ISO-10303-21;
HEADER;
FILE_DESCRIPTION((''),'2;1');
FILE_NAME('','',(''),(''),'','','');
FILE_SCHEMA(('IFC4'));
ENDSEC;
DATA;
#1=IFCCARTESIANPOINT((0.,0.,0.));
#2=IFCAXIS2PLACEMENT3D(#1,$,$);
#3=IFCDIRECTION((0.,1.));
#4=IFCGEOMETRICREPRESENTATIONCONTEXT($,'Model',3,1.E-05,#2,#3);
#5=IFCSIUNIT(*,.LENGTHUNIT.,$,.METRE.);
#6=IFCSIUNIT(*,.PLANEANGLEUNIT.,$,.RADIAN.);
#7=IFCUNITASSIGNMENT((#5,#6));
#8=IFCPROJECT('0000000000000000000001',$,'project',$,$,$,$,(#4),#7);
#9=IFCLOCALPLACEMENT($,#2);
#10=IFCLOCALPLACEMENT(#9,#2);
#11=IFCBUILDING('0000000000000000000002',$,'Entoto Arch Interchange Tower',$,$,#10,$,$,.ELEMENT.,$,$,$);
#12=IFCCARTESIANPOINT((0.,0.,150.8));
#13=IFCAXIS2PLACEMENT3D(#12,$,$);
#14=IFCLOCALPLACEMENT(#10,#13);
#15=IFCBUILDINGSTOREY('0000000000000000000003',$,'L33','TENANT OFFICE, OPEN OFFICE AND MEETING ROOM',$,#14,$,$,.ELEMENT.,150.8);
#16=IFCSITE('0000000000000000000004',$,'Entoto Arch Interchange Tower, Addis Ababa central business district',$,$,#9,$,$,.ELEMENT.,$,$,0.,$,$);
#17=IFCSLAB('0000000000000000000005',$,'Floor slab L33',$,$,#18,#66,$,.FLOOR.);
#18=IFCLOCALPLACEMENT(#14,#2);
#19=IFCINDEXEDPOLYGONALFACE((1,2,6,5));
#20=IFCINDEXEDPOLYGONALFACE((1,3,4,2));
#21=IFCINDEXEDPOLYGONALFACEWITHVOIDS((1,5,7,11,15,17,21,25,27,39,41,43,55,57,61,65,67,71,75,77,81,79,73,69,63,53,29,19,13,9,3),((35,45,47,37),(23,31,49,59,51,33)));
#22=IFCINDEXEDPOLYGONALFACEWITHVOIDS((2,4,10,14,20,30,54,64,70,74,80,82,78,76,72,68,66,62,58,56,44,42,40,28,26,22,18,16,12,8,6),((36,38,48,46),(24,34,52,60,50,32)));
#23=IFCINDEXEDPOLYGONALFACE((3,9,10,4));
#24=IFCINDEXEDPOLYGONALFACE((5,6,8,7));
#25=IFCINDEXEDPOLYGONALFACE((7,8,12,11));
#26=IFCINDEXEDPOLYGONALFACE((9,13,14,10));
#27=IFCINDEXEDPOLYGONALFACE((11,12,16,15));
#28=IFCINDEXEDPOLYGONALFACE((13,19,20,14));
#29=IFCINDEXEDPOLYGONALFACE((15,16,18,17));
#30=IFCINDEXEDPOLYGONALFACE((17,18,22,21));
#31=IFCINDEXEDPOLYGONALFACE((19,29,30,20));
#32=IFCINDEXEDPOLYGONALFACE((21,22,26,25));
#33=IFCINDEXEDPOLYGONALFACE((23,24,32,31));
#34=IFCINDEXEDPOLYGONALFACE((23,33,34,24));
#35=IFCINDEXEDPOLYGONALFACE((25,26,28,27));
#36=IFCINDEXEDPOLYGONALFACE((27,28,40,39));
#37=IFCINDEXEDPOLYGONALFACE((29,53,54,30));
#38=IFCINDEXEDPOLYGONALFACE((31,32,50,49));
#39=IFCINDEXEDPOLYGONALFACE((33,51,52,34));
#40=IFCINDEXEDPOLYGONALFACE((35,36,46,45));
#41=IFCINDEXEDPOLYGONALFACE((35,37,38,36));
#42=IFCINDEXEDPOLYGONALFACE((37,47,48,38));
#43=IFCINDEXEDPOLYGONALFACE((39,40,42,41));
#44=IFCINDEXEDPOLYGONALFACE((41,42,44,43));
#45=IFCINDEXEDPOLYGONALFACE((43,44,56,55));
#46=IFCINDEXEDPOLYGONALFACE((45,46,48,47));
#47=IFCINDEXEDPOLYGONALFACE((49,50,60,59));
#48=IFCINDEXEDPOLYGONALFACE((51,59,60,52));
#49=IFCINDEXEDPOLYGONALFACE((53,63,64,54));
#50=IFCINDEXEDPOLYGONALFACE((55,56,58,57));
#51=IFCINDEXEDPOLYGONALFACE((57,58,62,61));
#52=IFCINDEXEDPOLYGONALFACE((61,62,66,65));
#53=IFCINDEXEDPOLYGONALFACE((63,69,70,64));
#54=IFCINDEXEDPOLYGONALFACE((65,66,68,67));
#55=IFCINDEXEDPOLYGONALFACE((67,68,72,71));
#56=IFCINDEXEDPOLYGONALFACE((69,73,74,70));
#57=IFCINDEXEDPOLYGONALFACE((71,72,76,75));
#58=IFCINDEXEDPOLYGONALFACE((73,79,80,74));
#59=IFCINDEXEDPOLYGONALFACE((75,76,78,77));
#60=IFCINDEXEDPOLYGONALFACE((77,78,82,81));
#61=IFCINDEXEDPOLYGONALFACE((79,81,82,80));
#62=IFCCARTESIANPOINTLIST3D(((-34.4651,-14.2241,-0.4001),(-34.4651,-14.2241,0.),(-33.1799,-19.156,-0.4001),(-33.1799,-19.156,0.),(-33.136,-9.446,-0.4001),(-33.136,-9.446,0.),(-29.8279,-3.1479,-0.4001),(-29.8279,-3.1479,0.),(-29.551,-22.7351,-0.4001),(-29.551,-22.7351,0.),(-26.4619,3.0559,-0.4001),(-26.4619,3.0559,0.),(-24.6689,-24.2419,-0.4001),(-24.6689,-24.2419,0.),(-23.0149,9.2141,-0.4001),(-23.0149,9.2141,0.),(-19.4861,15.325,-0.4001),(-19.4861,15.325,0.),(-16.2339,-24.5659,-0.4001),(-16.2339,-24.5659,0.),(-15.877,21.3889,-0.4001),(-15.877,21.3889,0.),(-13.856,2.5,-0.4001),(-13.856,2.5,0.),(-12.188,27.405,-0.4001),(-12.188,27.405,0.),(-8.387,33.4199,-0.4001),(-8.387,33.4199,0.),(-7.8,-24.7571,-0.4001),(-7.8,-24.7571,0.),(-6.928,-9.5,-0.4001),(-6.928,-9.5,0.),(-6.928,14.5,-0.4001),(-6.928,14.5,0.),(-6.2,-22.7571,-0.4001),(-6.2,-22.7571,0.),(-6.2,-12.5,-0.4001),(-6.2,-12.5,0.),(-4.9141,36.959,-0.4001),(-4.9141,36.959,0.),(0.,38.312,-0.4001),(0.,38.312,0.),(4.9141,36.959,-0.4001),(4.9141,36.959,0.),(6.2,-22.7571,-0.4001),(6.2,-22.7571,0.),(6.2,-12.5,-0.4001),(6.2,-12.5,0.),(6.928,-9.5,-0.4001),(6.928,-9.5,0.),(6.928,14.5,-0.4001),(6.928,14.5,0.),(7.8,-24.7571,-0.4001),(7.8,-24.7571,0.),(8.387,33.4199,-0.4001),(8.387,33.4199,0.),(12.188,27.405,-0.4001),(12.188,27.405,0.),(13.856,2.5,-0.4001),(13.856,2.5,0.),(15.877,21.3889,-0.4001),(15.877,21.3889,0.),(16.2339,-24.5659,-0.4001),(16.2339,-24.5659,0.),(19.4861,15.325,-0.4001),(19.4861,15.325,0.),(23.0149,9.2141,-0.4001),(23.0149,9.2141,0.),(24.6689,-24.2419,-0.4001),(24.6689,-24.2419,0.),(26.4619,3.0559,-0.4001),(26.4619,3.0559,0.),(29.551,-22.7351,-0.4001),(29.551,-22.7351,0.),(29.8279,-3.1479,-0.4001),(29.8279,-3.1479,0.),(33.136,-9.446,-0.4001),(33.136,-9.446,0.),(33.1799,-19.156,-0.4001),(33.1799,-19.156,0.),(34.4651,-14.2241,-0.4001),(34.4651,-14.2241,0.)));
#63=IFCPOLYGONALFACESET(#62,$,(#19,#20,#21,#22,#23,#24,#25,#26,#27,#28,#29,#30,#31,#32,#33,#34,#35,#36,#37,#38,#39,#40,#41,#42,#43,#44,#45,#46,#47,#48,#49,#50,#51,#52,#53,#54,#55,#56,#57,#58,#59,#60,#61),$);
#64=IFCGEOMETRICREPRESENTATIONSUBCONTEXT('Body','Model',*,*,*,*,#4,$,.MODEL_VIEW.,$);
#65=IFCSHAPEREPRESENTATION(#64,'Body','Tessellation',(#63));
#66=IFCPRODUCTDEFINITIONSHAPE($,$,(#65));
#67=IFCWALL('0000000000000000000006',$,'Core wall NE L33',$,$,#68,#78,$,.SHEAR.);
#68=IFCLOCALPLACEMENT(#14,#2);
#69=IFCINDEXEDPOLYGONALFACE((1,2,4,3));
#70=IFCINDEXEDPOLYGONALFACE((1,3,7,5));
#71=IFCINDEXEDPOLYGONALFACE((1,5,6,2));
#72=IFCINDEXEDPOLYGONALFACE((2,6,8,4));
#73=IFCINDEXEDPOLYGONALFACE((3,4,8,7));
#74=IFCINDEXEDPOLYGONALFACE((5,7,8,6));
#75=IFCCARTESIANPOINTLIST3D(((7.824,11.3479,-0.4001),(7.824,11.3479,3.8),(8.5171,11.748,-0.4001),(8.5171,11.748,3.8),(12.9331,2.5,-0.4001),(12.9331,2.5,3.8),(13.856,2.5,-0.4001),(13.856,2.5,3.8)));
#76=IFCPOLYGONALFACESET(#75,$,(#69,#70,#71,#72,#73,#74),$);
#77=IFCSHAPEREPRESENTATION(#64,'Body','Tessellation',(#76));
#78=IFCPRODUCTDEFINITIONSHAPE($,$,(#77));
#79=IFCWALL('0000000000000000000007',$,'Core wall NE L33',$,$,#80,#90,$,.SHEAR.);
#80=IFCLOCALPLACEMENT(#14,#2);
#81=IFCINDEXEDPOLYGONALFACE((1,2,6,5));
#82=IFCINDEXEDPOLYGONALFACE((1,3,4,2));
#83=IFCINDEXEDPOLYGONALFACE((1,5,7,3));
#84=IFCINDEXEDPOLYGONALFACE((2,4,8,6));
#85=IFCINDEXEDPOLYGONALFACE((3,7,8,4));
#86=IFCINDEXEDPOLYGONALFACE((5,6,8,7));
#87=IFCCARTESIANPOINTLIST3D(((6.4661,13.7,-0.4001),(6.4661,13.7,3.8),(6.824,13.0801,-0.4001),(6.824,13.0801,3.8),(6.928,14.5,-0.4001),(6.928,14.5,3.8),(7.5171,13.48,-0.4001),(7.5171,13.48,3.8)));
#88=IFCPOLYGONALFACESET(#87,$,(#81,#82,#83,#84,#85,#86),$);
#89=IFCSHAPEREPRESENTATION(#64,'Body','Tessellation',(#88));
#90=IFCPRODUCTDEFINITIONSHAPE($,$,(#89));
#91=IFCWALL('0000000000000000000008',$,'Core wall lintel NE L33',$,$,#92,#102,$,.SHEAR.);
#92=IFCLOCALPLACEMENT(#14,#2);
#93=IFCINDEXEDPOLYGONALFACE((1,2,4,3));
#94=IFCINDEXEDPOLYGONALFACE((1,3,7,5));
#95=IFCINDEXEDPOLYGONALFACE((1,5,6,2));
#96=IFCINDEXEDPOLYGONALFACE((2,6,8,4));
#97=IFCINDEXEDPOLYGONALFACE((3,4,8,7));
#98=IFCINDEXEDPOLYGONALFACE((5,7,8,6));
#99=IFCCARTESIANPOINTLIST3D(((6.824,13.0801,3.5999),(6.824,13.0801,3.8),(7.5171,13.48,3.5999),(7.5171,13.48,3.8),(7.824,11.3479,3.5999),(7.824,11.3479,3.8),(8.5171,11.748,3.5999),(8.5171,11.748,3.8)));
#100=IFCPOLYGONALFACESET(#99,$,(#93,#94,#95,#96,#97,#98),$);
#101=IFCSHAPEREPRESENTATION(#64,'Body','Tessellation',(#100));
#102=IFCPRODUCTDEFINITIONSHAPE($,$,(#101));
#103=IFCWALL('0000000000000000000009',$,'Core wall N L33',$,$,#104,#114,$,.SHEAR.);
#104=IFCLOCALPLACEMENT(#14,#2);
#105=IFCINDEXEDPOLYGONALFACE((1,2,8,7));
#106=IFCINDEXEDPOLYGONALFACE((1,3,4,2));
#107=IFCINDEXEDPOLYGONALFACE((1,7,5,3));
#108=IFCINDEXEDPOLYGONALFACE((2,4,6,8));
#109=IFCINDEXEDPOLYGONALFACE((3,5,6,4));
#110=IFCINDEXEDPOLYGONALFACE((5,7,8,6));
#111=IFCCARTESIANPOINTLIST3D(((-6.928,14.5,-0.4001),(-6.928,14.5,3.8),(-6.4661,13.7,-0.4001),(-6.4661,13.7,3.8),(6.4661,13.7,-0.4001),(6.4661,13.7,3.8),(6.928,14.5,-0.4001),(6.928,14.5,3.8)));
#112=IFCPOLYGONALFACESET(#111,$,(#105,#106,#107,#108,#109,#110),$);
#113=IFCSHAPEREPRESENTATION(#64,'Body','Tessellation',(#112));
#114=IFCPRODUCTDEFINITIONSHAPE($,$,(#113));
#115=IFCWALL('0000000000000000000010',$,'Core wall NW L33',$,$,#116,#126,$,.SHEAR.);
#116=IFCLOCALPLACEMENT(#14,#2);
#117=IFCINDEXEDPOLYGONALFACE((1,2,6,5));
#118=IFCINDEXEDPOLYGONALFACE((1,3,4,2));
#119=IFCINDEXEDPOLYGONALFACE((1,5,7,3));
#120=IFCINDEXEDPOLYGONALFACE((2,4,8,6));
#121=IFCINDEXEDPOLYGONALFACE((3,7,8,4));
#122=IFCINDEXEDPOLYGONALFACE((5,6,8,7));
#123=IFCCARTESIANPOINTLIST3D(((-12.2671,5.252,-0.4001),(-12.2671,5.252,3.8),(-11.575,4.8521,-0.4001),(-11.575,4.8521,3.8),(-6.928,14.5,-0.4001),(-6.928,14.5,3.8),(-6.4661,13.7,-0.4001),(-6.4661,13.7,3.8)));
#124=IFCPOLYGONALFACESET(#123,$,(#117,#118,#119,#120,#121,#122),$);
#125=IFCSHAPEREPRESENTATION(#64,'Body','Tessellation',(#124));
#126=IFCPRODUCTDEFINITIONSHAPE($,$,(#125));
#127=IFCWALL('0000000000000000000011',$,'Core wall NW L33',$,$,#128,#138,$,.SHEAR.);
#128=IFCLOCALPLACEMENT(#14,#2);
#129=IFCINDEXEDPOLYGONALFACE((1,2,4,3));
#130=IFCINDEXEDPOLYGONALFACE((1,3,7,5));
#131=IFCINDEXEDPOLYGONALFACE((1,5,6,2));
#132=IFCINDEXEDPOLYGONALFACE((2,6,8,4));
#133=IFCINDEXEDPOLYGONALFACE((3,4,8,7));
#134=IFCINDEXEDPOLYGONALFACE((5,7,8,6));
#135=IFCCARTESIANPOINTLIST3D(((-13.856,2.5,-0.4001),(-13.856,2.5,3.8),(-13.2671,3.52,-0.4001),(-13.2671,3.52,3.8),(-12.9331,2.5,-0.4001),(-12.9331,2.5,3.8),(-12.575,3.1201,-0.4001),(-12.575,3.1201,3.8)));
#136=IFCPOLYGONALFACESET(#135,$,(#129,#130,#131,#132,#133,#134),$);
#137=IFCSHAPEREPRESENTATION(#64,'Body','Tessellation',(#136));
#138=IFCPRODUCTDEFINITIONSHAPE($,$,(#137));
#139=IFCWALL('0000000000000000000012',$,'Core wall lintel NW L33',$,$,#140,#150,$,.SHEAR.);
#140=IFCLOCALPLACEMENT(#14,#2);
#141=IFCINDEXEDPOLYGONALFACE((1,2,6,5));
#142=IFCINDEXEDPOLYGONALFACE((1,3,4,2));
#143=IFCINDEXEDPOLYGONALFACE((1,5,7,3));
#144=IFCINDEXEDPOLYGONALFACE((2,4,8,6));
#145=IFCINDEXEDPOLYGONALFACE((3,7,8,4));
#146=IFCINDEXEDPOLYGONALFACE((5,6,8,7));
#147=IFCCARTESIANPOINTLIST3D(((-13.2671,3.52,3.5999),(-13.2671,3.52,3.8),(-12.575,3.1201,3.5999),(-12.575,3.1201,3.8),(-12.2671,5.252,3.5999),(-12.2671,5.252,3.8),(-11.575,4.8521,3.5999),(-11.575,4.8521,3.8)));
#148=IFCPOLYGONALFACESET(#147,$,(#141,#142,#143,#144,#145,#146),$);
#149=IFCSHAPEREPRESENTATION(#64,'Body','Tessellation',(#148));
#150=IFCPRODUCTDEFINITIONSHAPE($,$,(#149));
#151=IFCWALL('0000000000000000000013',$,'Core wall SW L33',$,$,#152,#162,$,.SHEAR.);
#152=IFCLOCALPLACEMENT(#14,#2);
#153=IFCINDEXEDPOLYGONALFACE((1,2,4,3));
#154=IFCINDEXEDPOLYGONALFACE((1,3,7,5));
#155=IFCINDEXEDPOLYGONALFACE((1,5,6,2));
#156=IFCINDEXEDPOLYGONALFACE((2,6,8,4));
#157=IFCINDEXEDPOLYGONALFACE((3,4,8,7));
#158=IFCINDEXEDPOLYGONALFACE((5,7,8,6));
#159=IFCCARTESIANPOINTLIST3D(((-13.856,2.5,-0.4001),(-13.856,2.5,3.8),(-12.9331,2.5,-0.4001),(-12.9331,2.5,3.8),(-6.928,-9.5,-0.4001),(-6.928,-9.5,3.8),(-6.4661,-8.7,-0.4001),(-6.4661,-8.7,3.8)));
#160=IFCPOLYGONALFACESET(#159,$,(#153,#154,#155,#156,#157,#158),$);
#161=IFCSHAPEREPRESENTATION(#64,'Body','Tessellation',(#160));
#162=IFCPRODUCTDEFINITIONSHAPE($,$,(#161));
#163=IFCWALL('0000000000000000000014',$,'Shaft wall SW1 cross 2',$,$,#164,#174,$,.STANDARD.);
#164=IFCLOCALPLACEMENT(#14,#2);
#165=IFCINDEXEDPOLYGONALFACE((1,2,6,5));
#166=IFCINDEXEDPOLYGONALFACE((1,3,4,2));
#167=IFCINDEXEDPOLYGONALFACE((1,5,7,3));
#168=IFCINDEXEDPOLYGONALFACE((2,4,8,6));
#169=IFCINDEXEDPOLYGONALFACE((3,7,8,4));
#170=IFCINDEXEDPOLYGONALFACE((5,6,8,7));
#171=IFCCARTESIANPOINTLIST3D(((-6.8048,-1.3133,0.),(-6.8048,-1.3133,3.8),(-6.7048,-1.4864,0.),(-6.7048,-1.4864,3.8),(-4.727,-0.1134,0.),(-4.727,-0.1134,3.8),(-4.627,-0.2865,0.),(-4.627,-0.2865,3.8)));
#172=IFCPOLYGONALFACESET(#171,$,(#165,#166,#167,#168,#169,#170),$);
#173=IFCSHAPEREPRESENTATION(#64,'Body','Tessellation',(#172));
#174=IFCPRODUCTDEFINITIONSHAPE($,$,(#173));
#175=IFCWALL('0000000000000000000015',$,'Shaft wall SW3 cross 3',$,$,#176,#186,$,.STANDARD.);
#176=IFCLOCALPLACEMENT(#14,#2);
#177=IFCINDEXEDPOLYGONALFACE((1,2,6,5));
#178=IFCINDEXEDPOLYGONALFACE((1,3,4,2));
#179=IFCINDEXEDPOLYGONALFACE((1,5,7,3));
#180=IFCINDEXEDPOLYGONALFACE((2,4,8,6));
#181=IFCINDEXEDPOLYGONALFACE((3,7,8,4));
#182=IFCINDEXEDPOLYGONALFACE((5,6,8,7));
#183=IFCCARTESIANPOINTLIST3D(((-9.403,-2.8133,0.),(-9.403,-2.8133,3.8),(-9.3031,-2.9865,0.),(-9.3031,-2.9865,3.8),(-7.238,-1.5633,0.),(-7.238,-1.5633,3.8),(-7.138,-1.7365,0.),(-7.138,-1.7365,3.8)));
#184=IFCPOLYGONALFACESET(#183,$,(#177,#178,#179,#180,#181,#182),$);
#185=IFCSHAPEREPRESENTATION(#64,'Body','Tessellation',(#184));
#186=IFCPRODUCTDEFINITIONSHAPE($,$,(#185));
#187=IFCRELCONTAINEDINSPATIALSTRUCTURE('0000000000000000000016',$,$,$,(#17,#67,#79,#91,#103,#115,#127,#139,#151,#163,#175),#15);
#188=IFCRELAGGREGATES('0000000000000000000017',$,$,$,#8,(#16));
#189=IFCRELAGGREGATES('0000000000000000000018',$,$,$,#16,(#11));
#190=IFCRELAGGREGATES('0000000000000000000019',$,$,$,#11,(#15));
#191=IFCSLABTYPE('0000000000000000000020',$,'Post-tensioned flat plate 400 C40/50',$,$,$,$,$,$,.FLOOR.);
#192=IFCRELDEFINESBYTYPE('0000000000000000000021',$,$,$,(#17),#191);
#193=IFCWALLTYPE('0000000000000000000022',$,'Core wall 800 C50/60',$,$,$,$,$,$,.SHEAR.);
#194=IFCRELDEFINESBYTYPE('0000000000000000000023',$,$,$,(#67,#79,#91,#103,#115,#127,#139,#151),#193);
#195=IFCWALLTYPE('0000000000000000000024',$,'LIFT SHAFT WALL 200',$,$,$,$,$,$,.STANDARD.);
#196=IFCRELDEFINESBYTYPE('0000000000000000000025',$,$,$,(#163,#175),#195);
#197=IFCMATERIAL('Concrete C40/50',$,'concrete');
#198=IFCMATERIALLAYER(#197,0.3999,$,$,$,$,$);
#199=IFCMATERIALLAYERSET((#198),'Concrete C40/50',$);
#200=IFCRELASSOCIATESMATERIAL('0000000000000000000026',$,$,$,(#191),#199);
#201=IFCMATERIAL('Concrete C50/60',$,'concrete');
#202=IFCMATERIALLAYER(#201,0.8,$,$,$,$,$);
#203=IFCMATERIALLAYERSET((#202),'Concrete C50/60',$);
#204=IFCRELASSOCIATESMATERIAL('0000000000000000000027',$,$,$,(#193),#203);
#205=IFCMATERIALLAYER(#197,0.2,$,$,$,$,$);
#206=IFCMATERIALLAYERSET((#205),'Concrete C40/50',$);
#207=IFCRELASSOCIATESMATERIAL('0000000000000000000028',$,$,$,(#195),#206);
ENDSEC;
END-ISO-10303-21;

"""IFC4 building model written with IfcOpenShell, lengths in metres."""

from ifc_helpers import new_model, si_unit, direction, frame, frame_2d, origin, place, context, subcontext, project, spatial, polyline, rectangle, outline, extrude, material, layer, layer_set, type_object, element, save


model = new_model("IFC4")

# Units and contexts
model_context = context("Model", 3, precision=1e-05, world=origin(), true_north=direction((0.0, 1.0)))
body_context = subcontext(model_context, "Body", "Model", "MODEL_VIEW")
ifc_project = project(units=[si_unit("LENGTHUNIT", "METRE"), si_unit("PLANEANGLEUNIT", "RADIAN")], contexts=[model_context])

# Site, building, storey
site_placement = place(None, origin())
site = spatial("IfcSite", under=ifc_project, at=site_placement, Name="Entoto Arch Interchange Tower, Addis Ababa central business district", CompositionType="ELEMENT", RefElevation=0.0)
building_placement = place(site_placement, origin())
building = spatial("IfcBuilding", under=site, at=building_placement, Name="Entoto Arch Interchange Tower", CompositionType="ELEMENT")
storey_placement = place(building_placement, frame((0.0, 0.0, 150.8)))
storey = spatial("IfcBuildingStorey", under=building, at=storey_placement, Name="L33", Description="TENANT OFFICE, OPEN OFFICE AND MEETING ROOM", CompositionType="ELEMENT", Elevation=150.8)

# Slab
ifc_material_1 = material(Name="Concrete C40/50", Category="concrete")
ifc_layer_1 = layer(ifc_material_1, 0.3999)
ifc_layer_set_1 = layer_set([ifc_layer_1], Name="Concrete C40/50")
slab_type = type_object("IfcSlabType", Name="Post-tensioned flat plate 400 C40/50", PredefinedType="FLOOR", material=ifc_layer_set_1)
slab_placement = place(storey_placement, frame((0.0, 0.0, -0.4001)))
element("IfcSlab", 1, at=slab_placement, inside=storey, type_object=slab_type, Name="Floor slab L33", PredefinedType="FLOOR", context=body_context, shape_type="SweptSolid", body=[
    extrude(outline(polyline([(-24.6689, -24.2419), (-16.2339, -24.5659), (-7.8, -24.7571), (7.8, -24.7571), (16.2339, -24.5659), (24.6689, -24.2419), (29.551, -22.7351), (33.1799, -19.156), (34.4651, -14.2241), (33.136, -9.446), (29.8279, -3.1479), (26.4619, 3.0559), (23.0149, 9.2141), (19.4861, 15.325), (15.877, 21.3889), (12.188, 27.405), (8.387, 33.4199), (4.9141, 36.959), (0.0, 38.312), (-4.9141, 36.959), (-8.387, 33.4199), (-12.188, 27.405), (-15.877, 21.3889), (-19.4861, 15.325), (-23.0149, 9.2141), (-26.4619, 3.0559), (-29.8279, -3.1479), (-33.136, -9.446), (-34.4651, -14.2241), (-33.1799, -19.156), (-29.551, -22.7351), (-24.6689, -24.2419)]), holes=[polyline([(6.2, -22.7571), (6.2, -12.5), (-6.2, -12.5), (-6.2, -22.7571), (6.2, -22.7571)]), polyline([(13.856, 2.5), (6.928, 14.5), (-6.928, 14.5), (-13.856, 2.5), (-6.928, -9.5), (6.928, -9.5), (13.856, 2.5)])]), origin(), (0.0, 0.0, 1.0), 0.4001),
])

# Walls
ifc_material_2 = material(Name="Concrete C50/60", Category="concrete")
ifc_layer_2 = layer(ifc_material_2, 0.8)
ifc_layer_set_2 = layer_set([ifc_layer_2], Name="Concrete C50/60")
wall_type_1 = type_object("IfcWallType", Name="Core wall 800 C50/60", PredefinedType="SHEAR", material=ifc_layer_set_2)
wall_1_placement = place(storey_placement, frame((0.0, 0.0, -0.4001)))
element("IfcWall", 2, at=wall_1_placement, inside=storey, type_object=wall_type_1, Name="Core wall NE L33", PredefinedType="SHEAR", context=body_context, shape_type="SweptSolid", body=[
    extrude(outline(polyline([(8.5171, 11.748), (7.824, 11.3479), (12.9331, 2.5), (13.856, 2.5), (8.5171, 11.748)])), origin(), (0.0, 0.0, 1.0), 4.2002),
])
wall_2_placement = place(storey_placement, frame((0.0, 0.0, -0.4001)))
element("IfcWall", 3, at=wall_2_placement, inside=storey, type_object=wall_type_1, Name="Core wall NE L33", PredefinedType="SHEAR", context=body_context, shape_type="SweptSolid", body=[
    extrude(outline(polyline([(6.824, 13.0801), (7.5171, 13.48), (6.928, 14.5), (6.4661, 13.7), (6.824, 13.0801)])), origin(), (0.0, 0.0, 1.0), 4.2002),
])
wall_3_placement = place(storey_placement, frame((0.0, 0.0, 3.5999)))
element("IfcWall", 4, at=wall_3_placement, inside=storey, type_object=wall_type_1, Name="Core wall lintel NE L33", PredefinedType="SHEAR", context=body_context, shape_type="SweptSolid", body=[
    extrude(outline(polyline([(7.5171, 13.48), (6.824, 13.0801), (7.824, 11.3479), (8.5171, 11.748), (7.5171, 13.48)])), origin(), (0.0, 0.0, 1.0), 0.2002),
])
wall_4_placement = place(storey_placement, frame((0.0, 0.0, -0.4001)))
element("IfcWall", 5, at=wall_4_placement, inside=storey, type_object=wall_type_1, Name="Core wall N L33", PredefinedType="SHEAR", context=body_context, shape_type="SweptSolid", body=[
    extrude(outline(polyline([(6.928, 14.5), (-6.928, 14.5), (-6.4661, 13.7), (6.4661, 13.7), (6.928, 14.5)])), origin(), (0.0, 0.0, 1.0), 4.2002),
])
wall_5_placement = place(storey_placement, frame((0.0, 0.0, -0.4001)))
element("IfcWall", 6, at=wall_5_placement, inside=storey, type_object=wall_type_1, Name="Core wall NW L33", PredefinedType="SHEAR", context=body_context, shape_type="SweptSolid", body=[
    extrude(outline(polyline([(-12.2671, 5.252), (-11.575, 4.8521), (-6.4661, 13.7), (-6.928, 14.5), (-12.2671, 5.252)])), origin(), (0.0, 0.0, 1.0), 4.2002),
])
wall_6_placement = place(storey_placement, frame((0.0, 0.0, -0.4001)))
element("IfcWall", 7, at=wall_6_placement, inside=storey, type_object=wall_type_1, Name="Core wall NW L33", PredefinedType="SHEAR", context=body_context, shape_type="SweptSolid", body=[
    extrude(outline(polyline([(-12.575, 3.1201), (-13.2671, 3.52), (-13.856, 2.5), (-12.9331, 2.5), (-12.575, 3.1201)])), origin(), (0.0, 0.0, 1.0), 4.2002),
])
wall_7_placement = place(storey_placement, frame((0.0, 0.0, 3.5999)))
element("IfcWall", 8, at=wall_7_placement, inside=storey, type_object=wall_type_1, Name="Core wall lintel NW L33", PredefinedType="SHEAR", context=body_context, shape_type="SweptSolid", body=[
    extrude(outline(polyline([(-13.2671, 3.52), (-12.575, 3.1201), (-11.575, 4.8521), (-12.2671, 5.252), (-13.2671, 3.52)])), origin(), (0.0, 0.0, 1.0), 0.2002),
])
wall_8_placement = place(storey_placement, frame((0.0, 0.0, -0.4001)))
element("IfcWall", 9, at=wall_8_placement, inside=storey, type_object=wall_type_1, Name="Core wall SW L33", PredefinedType="SHEAR", context=body_context, shape_type="SweptSolid", body=[
    extrude(outline(polyline([(-13.856, 2.5), (-6.928, -9.5), (-6.4661, -8.7), (-12.9331, 2.5), (-13.856, 2.5)])), origin(), (0.0, 0.0, 1.0), 4.2002),
])
ifc_layer_3 = layer(ifc_material_1, 0.2)
ifc_layer_set_3 = layer_set([ifc_layer_3], Name="Concrete C40/50")
wall_type_2 = type_object("IfcWallType", Name="LIFT SHAFT WALL 200", PredefinedType="STANDARD", material=ifc_layer_set_3)
wall_9_placement = place(storey_placement, frame((-4.677, -0.2, 0.0), z_axis=(0.0, 0.0, 1.0), x_axis=(-0.865974, -0.500089, 0.0)))
element("IfcWall", 10, at=wall_9_placement, inside=storey, type_object=wall_type_2, Name="Shaft wall SW1 cross 2", PredefinedType="STANDARD", context=body_context, shape_type="SweptSolid", body=[
    extrude(rectangle(XDim=2.3994, YDim=0.2, at=frame_2d((1.1997, 0.0))), origin(), (0.0, 0.0, 1.0), 3.8),
])
for number, where, z_axis, x_axis, name in (
    (11, (-7.188, -1.6499, 0.0), (0.0, 0.0, 1.0), (-0.866023, -0.500004, 0.0), "Shaft wall SW3 cross 3"),
):
    element("IfcWall", number, at=place(storey_placement, frame(where, z_axis=z_axis, x_axis=x_axis)), inside=storey, type_object=wall_type_2, Name=name, PredefinedType="STANDARD", context=body_context, shape_type="SweptSolid", body=[
        extrude(rectangle(XDim=2.5, YDim=0.2, at=frame_2d((1.25, 0.0))), origin(), (0.0, 0.0, 1.0), 3.8),
    ])

save(model, "model.ifc")
